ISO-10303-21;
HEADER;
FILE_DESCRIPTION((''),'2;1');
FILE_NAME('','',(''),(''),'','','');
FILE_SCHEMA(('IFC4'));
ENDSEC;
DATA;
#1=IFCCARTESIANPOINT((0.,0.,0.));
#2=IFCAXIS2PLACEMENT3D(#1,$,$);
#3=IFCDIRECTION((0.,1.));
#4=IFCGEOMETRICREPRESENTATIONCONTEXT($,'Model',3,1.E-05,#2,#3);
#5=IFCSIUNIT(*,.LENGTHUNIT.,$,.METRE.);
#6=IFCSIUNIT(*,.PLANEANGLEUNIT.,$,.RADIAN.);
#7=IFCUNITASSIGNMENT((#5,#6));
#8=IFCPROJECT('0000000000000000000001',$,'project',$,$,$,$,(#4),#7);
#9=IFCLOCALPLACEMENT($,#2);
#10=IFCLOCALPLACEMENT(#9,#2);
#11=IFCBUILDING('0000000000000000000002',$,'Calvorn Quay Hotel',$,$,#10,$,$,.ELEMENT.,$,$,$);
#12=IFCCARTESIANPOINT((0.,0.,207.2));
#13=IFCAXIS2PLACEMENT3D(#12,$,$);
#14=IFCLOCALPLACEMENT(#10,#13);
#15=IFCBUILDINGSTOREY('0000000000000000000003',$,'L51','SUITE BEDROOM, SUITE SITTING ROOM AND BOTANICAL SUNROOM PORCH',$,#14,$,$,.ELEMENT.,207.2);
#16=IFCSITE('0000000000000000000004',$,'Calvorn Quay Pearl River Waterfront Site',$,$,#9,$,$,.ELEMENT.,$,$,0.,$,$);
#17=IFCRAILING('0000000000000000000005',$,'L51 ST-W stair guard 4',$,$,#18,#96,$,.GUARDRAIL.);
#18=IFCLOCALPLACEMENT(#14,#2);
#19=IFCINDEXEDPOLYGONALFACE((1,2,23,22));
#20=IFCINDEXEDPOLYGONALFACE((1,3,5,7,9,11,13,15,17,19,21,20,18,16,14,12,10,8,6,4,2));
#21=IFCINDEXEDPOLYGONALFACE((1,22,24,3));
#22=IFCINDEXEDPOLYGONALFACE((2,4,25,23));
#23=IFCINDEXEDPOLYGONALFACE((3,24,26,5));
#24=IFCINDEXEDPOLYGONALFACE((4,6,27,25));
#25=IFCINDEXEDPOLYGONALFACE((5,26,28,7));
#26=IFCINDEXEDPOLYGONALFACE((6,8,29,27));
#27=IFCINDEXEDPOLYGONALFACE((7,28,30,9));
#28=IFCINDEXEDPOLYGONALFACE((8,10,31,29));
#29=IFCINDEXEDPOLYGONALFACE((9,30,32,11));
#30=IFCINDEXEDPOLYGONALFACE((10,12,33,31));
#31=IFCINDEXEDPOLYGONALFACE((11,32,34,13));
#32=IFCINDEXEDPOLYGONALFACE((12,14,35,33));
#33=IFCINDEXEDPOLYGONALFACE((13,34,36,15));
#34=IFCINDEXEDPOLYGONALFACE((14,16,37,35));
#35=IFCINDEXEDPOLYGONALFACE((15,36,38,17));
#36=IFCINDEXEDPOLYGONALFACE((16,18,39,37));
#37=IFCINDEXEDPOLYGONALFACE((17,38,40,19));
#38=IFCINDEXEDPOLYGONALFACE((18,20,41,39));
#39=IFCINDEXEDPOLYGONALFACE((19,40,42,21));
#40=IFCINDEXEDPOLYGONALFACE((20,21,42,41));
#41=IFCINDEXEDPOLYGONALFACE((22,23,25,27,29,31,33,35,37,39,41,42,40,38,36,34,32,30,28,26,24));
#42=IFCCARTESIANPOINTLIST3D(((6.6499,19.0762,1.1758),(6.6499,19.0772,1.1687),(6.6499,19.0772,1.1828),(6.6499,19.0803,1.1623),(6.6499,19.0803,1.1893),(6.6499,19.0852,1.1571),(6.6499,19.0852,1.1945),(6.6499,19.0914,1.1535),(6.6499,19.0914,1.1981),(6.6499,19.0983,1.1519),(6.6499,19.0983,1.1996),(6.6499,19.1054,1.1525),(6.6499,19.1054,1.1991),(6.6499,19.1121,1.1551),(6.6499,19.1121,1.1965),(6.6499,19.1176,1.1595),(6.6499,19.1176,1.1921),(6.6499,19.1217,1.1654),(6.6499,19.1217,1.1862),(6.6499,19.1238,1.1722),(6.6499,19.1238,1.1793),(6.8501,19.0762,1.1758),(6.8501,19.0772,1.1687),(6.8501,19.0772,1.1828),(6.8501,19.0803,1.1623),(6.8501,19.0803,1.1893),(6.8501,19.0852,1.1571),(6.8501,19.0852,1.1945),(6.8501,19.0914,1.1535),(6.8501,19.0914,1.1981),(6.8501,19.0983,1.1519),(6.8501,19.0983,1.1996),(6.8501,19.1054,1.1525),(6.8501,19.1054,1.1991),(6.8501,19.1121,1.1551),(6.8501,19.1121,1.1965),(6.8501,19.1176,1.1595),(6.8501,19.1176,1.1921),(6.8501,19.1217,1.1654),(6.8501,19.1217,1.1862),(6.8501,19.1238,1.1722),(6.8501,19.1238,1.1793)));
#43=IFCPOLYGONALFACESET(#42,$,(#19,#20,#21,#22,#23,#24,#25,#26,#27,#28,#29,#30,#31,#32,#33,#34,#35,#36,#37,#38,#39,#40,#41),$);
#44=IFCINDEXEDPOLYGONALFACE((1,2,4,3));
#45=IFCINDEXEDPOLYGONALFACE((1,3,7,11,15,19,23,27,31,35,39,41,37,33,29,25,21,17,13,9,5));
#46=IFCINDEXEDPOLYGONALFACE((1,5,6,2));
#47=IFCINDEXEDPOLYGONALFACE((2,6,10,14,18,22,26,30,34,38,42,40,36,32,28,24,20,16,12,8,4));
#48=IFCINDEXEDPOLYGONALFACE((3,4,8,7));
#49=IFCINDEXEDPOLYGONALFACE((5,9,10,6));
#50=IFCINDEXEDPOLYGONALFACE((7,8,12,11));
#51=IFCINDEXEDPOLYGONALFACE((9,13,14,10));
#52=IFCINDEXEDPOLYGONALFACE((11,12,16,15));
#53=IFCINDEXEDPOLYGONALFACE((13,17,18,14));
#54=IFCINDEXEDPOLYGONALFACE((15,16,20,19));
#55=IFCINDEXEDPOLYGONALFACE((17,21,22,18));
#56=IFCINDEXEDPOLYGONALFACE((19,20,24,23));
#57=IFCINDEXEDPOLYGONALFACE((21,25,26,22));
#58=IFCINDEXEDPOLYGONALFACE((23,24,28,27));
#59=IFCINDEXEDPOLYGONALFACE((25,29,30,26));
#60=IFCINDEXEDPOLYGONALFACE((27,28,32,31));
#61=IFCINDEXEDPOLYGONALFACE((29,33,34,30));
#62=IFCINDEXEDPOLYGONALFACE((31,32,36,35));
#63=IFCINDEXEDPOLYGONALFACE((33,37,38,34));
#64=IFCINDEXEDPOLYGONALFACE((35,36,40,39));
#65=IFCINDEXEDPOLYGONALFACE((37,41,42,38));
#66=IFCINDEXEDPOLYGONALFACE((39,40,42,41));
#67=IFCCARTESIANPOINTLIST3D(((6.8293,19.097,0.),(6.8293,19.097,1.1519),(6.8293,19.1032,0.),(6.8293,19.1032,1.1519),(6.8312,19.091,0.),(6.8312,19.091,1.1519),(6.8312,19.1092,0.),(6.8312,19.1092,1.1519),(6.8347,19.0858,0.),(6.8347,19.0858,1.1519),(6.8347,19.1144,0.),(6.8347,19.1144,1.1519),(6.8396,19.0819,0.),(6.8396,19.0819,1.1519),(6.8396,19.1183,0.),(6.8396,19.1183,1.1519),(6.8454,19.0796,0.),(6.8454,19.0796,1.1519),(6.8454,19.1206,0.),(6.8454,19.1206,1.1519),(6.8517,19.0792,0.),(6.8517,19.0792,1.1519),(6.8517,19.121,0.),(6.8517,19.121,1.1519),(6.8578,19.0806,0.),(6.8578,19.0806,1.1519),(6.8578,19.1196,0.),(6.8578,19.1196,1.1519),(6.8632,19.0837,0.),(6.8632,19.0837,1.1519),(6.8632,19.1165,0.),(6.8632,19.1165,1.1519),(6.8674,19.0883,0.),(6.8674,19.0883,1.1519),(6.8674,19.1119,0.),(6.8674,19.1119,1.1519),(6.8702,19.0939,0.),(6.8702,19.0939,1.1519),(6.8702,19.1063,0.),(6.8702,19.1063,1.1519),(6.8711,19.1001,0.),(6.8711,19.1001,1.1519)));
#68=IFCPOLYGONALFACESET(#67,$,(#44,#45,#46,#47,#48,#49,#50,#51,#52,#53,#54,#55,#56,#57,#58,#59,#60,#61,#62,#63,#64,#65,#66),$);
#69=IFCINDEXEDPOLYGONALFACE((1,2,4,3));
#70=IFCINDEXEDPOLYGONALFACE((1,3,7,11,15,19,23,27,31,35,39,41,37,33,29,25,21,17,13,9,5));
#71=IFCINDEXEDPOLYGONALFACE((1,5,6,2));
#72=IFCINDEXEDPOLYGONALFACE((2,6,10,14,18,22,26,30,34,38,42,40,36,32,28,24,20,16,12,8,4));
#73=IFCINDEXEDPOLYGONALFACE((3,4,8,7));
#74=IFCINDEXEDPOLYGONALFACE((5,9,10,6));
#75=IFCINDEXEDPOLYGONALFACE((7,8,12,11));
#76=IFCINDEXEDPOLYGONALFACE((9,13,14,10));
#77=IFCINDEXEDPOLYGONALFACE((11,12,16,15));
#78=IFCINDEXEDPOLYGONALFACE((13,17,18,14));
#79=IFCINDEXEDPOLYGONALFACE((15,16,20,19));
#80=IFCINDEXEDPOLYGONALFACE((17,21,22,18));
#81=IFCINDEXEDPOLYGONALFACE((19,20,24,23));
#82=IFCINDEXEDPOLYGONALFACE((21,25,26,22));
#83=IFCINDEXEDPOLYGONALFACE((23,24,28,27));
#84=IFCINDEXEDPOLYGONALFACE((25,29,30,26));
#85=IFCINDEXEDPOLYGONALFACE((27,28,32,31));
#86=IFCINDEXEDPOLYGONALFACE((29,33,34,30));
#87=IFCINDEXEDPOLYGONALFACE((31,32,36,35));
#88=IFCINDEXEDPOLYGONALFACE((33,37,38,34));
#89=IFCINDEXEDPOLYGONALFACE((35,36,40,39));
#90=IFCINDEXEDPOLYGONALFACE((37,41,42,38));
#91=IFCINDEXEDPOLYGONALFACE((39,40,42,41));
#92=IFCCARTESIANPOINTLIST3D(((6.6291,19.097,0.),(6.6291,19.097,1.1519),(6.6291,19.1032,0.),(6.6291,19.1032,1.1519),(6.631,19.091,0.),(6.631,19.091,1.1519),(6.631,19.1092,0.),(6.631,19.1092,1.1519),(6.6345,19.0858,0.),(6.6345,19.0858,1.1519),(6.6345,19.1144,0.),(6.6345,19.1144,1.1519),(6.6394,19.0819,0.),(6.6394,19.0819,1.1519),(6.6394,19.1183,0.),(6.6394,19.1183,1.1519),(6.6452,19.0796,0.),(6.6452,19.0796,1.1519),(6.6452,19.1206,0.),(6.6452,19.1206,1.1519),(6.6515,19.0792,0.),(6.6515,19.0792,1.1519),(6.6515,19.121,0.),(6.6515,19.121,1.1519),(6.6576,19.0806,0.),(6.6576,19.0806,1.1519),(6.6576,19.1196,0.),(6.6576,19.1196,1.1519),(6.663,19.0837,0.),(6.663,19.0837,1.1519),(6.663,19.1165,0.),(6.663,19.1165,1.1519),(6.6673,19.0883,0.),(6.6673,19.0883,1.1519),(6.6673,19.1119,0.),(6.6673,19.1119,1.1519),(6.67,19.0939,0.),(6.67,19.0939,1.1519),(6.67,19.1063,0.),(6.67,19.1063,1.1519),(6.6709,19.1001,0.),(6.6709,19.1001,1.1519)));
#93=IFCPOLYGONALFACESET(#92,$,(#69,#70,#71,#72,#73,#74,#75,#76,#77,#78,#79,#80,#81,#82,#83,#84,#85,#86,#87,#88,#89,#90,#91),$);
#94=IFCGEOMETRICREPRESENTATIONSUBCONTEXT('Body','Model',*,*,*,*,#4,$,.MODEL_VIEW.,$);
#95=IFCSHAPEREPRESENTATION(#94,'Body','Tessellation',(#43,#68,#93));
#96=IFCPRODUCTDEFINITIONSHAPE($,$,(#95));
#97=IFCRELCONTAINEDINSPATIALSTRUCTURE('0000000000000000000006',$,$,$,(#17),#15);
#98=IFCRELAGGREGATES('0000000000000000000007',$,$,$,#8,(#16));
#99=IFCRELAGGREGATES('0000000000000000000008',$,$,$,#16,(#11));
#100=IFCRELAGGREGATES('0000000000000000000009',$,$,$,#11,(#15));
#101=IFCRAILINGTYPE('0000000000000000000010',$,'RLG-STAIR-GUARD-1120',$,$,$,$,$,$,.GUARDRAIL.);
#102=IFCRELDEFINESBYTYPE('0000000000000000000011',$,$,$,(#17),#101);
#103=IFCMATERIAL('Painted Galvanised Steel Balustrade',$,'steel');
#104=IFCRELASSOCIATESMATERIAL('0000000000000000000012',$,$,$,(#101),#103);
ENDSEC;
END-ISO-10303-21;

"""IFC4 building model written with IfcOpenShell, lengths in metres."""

from ifc_helpers import new_model, si_unit, direction, frame, origin, origin_2d, place, context, subcontext, project, spatial, circle, extrude, material, type_object, element, save


model = new_model("IFC4")

# Units and contexts
model_context = context("Model", 3, precision=1e-05, world=origin(), true_north=direction((0.0, 1.0)))
body_context = subcontext(model_context, "Body", "Model", "MODEL_VIEW")
ifc_project = project(units=[si_unit("LENGTHUNIT", "METRE"), si_unit("PLANEANGLEUNIT", "RADIAN")], contexts=[model_context])

# Site, building, storey
site_placement = place(None, origin())
site = spatial("IfcSite", under=ifc_project, at=site_placement, Name="Calvorn Quay Pearl River Waterfront Site", CompositionType="ELEMENT", RefElevation=0.0)
building_placement = place(site_placement, origin())
building = spatial("IfcBuilding", under=site, at=building_placement, Name="Calvorn Quay Hotel", CompositionType="ELEMENT")
storey_placement = place(building_placement, frame((0.0, 0.0, 207.2)))
storey = spatial("IfcBuildingStorey", under=building, at=storey_placement, Name="L51", Description="SUITE BEDROOM, SUITE SITTING ROOM AND BOTANICAL SUNROOM PORCH", CompositionType="ELEMENT", Elevation=207.2)

# Railing
ifc_material_1 = material(Name="Painted Galvanised Steel Balustrade", Category="steel")
railing_type_1 = type_object("IfcRailingType", Name="RLG-STAIR-GUARD-1120", PredefinedType="GUARDRAIL", material=ifc_material_1)
railing_1_placement = place(storey_placement, frame((6.8501, 19.1001, 0.0)))
element("IfcRailing", 1, at=railing_1_placement, inside=storey, type_object=railing_type_1, Name="L51 ST-W stair guard 4", PredefinedType="GUARDRAIL", context=body_context, shape_type="SweptSolid", body=[
    extrude(circle(Radius=0.0239, at=origin_2d()), frame((0.0, 0.0, 1.1758), z_axis=(-1.0, 0.0, 0.0), x_axis=(0.0, -1.0, 0.0)), (0.0, 0.0, 1.0), 0.2002),
    extrude(circle(Radius=0.021, at=origin_2d()), origin(), (0.0, 0.0, 1.0), 1.1519),
    extrude(circle(Radius=0.021, at=origin_2d()), frame((-0.2002, 0.0, 0.0)), (0.0, 0.0, 1.0), 1.1519),
])

save(model, "model.ifc")
